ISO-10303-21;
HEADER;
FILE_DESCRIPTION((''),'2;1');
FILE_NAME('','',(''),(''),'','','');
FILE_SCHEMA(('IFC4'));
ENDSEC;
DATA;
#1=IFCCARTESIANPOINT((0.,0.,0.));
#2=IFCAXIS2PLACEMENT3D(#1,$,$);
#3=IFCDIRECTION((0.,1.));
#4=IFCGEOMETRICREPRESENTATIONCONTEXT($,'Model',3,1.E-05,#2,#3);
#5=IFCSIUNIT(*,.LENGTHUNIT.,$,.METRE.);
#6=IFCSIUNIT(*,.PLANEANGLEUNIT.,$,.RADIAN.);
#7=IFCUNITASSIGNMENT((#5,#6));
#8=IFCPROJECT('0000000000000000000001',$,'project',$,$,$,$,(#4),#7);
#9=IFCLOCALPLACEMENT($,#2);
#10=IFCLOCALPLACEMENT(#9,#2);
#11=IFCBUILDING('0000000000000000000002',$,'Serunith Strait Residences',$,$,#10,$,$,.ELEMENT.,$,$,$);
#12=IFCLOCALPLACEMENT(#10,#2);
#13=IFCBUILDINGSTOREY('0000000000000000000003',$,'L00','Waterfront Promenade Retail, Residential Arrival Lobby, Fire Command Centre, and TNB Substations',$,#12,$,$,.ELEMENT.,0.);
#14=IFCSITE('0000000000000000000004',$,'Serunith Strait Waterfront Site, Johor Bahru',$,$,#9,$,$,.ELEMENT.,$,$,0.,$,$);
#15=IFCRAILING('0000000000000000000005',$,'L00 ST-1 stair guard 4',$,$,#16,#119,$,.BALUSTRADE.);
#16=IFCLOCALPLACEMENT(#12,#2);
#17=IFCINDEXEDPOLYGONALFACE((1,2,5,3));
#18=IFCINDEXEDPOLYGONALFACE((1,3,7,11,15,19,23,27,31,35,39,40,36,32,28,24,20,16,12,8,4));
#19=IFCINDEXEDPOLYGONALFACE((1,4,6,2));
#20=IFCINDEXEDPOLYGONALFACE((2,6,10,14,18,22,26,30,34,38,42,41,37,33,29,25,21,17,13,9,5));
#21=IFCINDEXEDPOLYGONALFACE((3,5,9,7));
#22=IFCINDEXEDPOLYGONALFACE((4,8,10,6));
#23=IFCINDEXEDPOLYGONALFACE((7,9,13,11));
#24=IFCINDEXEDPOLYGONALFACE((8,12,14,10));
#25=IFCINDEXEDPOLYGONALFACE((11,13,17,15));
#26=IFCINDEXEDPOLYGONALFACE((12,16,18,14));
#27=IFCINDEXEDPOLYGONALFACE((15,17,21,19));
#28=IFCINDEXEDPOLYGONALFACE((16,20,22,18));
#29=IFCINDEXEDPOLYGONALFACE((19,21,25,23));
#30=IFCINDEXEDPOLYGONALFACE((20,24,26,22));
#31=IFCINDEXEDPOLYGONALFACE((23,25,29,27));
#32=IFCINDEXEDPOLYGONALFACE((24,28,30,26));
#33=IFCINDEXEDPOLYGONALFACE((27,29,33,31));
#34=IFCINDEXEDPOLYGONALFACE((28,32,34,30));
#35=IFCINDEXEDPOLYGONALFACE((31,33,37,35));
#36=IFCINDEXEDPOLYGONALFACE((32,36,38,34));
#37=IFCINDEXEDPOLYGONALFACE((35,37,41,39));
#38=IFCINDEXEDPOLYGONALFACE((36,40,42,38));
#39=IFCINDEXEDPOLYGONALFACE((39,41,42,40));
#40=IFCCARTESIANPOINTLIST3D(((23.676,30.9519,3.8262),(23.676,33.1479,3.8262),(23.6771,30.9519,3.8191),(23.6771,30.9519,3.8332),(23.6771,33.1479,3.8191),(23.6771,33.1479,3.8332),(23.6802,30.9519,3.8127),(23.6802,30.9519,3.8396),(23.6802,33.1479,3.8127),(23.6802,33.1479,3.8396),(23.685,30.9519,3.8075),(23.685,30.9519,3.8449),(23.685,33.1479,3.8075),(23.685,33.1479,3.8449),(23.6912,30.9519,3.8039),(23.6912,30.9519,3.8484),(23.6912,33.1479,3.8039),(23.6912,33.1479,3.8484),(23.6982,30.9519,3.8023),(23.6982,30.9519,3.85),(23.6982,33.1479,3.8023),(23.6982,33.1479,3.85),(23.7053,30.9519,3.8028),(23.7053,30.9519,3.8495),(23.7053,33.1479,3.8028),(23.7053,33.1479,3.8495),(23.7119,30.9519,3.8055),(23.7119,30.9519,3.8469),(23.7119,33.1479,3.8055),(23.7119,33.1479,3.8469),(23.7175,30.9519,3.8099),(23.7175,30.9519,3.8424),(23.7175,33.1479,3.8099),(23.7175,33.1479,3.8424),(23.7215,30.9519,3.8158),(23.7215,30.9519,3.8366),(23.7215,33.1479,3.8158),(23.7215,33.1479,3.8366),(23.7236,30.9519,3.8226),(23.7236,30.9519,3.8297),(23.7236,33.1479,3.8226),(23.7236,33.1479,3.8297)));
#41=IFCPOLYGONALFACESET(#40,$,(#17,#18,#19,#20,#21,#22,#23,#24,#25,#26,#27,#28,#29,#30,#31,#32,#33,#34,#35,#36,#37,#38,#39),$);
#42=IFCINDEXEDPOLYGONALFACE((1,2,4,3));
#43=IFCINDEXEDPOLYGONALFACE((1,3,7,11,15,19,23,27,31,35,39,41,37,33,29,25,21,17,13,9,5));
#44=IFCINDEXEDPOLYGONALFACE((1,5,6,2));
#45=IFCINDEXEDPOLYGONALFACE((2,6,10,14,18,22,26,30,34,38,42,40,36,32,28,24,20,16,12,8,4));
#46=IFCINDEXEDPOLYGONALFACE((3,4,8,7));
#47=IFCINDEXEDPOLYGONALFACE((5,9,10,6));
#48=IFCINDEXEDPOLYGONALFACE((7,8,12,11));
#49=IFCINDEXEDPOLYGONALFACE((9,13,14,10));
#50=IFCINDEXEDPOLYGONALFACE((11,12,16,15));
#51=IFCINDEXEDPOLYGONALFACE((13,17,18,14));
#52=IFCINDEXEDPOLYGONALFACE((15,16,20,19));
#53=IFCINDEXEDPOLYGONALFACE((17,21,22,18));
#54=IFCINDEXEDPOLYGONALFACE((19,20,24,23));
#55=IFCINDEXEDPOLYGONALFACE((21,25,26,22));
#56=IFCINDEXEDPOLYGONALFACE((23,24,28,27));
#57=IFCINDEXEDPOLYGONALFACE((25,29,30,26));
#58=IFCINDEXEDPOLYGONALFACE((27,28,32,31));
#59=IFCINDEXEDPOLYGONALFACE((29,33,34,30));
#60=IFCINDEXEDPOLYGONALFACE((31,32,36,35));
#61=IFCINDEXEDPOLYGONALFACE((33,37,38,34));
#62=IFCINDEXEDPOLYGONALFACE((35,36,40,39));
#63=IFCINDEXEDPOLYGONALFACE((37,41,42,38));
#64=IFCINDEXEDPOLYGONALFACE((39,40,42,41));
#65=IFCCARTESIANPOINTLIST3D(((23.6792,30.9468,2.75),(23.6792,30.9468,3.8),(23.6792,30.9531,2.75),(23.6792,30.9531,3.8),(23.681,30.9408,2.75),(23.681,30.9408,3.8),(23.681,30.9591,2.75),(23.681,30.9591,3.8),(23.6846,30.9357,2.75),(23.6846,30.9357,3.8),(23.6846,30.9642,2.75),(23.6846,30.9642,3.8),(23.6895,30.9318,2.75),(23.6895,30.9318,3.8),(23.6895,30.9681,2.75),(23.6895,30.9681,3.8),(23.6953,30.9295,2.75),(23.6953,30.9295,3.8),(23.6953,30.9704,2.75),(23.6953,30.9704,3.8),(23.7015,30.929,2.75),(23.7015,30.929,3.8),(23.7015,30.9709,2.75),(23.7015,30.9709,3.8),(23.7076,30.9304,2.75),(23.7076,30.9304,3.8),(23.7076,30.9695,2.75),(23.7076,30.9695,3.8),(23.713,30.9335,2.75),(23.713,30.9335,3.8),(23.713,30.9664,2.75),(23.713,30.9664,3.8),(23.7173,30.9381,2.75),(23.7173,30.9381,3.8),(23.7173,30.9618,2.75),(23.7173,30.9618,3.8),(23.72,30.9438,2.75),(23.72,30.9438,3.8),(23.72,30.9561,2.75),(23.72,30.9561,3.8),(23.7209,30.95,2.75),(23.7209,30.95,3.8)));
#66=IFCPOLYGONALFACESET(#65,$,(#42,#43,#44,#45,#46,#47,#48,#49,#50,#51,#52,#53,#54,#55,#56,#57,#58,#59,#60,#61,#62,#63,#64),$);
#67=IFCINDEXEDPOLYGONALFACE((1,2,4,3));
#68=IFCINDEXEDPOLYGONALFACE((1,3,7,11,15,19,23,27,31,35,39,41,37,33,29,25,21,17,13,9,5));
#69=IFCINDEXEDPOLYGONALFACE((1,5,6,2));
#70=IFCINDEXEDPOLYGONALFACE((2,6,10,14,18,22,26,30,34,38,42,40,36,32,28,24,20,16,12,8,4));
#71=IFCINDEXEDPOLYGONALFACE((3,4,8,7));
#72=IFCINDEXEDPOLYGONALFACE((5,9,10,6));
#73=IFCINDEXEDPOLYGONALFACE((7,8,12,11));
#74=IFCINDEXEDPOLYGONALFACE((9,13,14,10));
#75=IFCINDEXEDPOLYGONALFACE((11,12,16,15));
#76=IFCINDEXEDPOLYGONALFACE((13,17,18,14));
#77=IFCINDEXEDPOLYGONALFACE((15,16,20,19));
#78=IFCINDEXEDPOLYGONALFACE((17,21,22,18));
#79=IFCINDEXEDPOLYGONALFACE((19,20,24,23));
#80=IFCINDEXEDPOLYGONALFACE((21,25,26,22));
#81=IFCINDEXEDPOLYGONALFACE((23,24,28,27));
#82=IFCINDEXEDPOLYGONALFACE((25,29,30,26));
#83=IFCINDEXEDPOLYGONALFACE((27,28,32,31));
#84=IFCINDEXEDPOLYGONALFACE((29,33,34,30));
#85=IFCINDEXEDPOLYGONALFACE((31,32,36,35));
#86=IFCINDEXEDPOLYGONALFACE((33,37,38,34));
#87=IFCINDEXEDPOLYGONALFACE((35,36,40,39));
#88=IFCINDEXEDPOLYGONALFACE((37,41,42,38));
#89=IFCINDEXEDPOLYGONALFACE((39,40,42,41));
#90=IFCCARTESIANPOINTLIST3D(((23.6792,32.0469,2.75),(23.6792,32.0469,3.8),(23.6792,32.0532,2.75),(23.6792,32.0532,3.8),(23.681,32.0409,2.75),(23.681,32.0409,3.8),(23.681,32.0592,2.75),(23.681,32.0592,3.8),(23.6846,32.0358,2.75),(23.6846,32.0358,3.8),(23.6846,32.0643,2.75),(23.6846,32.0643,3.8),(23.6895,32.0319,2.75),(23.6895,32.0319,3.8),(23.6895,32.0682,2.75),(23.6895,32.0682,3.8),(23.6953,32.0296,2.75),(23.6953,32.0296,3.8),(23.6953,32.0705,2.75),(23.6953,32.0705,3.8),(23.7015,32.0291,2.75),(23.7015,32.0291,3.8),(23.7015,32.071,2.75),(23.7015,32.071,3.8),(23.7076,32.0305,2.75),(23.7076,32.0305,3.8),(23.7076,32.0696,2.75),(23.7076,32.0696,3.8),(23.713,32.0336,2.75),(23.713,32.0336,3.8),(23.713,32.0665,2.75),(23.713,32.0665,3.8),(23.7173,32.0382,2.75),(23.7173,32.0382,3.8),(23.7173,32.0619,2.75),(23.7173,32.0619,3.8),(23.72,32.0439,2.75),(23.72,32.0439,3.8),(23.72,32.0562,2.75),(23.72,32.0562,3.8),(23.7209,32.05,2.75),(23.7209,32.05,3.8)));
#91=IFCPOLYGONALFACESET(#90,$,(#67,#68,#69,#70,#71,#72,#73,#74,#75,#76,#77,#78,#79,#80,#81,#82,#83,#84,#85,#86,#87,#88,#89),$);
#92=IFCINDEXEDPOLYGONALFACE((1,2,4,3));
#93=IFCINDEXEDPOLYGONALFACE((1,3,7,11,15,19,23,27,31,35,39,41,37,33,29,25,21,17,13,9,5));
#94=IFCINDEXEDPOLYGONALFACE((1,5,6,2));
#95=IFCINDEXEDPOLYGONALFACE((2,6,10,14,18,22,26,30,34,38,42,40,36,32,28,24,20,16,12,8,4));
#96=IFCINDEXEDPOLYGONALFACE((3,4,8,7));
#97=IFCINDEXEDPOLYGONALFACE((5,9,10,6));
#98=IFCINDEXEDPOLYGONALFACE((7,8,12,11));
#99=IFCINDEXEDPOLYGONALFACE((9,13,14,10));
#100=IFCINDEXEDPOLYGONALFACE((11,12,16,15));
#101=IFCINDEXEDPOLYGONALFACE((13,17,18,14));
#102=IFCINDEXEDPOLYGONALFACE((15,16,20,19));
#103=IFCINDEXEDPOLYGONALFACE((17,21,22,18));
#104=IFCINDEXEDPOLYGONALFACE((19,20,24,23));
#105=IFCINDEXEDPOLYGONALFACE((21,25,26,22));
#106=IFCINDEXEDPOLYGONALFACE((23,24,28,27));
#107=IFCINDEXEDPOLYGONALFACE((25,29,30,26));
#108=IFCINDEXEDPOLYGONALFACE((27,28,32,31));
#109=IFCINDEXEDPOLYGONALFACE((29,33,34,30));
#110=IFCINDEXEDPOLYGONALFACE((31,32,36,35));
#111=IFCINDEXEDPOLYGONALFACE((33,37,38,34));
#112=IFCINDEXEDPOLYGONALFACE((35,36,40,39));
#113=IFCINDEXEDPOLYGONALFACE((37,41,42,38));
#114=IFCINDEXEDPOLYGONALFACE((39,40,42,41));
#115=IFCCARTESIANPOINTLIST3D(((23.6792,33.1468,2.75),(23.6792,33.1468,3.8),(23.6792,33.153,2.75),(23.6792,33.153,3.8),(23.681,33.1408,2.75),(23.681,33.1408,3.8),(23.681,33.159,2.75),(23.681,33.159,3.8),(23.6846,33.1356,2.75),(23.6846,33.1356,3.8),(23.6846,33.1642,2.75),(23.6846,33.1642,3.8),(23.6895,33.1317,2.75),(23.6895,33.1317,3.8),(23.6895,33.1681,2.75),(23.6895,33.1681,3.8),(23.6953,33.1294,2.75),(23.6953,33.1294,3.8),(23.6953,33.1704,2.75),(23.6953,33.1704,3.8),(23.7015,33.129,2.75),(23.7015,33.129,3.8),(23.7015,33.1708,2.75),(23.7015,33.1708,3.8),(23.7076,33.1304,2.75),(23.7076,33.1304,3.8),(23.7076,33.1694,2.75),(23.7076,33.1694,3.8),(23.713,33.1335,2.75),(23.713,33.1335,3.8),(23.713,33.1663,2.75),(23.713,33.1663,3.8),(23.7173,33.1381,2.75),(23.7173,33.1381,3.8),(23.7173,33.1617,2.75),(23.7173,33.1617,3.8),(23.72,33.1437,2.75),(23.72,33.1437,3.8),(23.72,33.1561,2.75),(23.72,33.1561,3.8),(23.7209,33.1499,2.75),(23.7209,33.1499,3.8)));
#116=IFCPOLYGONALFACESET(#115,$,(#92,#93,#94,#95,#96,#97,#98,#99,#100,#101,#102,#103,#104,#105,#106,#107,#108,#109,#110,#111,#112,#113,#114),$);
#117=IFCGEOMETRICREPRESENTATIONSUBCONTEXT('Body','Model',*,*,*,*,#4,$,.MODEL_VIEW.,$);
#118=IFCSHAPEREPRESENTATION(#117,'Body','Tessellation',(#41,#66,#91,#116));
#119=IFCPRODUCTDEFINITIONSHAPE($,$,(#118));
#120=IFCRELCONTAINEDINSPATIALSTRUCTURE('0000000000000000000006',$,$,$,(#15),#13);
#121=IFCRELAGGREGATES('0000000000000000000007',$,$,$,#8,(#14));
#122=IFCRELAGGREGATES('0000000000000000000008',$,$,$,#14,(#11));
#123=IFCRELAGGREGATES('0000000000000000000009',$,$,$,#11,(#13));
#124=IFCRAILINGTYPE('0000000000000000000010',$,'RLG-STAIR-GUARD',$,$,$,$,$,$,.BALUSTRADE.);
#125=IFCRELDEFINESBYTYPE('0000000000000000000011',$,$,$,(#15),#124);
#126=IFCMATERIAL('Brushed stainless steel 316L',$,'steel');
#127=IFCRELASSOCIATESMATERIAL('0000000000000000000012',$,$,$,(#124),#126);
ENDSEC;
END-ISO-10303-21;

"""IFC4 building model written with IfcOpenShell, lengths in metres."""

from ifc_helpers import new_model, si_unit, direction, frame, origin, origin_2d, place, context, subcontext, project, spatial, circle, extrude, material, type_object, element, save


model = new_model("IFC4")

# Units and contexts
model_context = context("Model", 3, precision=1e-05, world=origin(), true_north=direction((0.0, 1.0)))
body_context = subcontext(model_context, "Body", "Model", "MODEL_VIEW")
ifc_project = project(units=[si_unit("LENGTHUNIT", "METRE"), si_unit("PLANEANGLEUNIT", "RADIAN")], contexts=[model_context])

# Site, building, storey
site_placement = place(None, origin())
site = spatial("IfcSite", under=ifc_project, at=site_placement, Name="Serunith Strait Waterfront Site, Johor Bahru", CompositionType="ELEMENT", RefElevation=0.0)
building_placement = place(site_placement, origin())
building = spatial("IfcBuilding", under=site, at=building_placement, Name="Serunith Strait Residences", CompositionType="ELEMENT")
storey_placement = place(building_placement, origin())
storey = spatial("IfcBuildingStorey", under=building, at=storey_placement, Name="L00", Description="Waterfront Promenade Retail, Residential Arrival Lobby, Fire Command Centre, and TNB Substations", CompositionType="ELEMENT", Elevation=0.0)

# Railing
ifc_material_1 = material(Name="Brushed stainless steel 316L", Category="steel")
railing_type_1 = type_object("IfcRailingType", Name="RLG-STAIR-GUARD", PredefinedType="BALUSTRADE", material=ifc_material_1)
for number, where, name in (
    (1, (23.7, 30.95, 2.75), "L00 ST-1 stair guard 4"),
):
    element("IfcRailing", number, at=place(storey_placement, frame(where)), inside=storey, type_object=railing_type_1, Name=name, PredefinedType="BALUSTRADE", context=body_context, shape_type="SweptSolid", body=[
        extrude(circle(Radius=0.0239, at=origin_2d()), frame((0.0, 0.002, 1.0762), z_axis=(0.0, 1.0, 0.0), x_axis=(-1.0, 0.0, 0.0)), (0.0, 0.0, 1.0), 2.196),
        extrude(circle(Radius=0.021, at=origin_2d()), origin(), (0.0, 0.0, 1.0), 1.05),
        extrude(circle(Radius=0.021, at=origin_2d()), frame((0.0, 1.1001, 0.0)), (0.0, 0.0, 1.0), 1.05),
        extrude(circle(Radius=0.021, at=origin_2d()), frame((0.0, 2.2, 0.0)), (0.0, 0.0, 1.0), 1.05),
    ])

save(model, "model.ifc")
